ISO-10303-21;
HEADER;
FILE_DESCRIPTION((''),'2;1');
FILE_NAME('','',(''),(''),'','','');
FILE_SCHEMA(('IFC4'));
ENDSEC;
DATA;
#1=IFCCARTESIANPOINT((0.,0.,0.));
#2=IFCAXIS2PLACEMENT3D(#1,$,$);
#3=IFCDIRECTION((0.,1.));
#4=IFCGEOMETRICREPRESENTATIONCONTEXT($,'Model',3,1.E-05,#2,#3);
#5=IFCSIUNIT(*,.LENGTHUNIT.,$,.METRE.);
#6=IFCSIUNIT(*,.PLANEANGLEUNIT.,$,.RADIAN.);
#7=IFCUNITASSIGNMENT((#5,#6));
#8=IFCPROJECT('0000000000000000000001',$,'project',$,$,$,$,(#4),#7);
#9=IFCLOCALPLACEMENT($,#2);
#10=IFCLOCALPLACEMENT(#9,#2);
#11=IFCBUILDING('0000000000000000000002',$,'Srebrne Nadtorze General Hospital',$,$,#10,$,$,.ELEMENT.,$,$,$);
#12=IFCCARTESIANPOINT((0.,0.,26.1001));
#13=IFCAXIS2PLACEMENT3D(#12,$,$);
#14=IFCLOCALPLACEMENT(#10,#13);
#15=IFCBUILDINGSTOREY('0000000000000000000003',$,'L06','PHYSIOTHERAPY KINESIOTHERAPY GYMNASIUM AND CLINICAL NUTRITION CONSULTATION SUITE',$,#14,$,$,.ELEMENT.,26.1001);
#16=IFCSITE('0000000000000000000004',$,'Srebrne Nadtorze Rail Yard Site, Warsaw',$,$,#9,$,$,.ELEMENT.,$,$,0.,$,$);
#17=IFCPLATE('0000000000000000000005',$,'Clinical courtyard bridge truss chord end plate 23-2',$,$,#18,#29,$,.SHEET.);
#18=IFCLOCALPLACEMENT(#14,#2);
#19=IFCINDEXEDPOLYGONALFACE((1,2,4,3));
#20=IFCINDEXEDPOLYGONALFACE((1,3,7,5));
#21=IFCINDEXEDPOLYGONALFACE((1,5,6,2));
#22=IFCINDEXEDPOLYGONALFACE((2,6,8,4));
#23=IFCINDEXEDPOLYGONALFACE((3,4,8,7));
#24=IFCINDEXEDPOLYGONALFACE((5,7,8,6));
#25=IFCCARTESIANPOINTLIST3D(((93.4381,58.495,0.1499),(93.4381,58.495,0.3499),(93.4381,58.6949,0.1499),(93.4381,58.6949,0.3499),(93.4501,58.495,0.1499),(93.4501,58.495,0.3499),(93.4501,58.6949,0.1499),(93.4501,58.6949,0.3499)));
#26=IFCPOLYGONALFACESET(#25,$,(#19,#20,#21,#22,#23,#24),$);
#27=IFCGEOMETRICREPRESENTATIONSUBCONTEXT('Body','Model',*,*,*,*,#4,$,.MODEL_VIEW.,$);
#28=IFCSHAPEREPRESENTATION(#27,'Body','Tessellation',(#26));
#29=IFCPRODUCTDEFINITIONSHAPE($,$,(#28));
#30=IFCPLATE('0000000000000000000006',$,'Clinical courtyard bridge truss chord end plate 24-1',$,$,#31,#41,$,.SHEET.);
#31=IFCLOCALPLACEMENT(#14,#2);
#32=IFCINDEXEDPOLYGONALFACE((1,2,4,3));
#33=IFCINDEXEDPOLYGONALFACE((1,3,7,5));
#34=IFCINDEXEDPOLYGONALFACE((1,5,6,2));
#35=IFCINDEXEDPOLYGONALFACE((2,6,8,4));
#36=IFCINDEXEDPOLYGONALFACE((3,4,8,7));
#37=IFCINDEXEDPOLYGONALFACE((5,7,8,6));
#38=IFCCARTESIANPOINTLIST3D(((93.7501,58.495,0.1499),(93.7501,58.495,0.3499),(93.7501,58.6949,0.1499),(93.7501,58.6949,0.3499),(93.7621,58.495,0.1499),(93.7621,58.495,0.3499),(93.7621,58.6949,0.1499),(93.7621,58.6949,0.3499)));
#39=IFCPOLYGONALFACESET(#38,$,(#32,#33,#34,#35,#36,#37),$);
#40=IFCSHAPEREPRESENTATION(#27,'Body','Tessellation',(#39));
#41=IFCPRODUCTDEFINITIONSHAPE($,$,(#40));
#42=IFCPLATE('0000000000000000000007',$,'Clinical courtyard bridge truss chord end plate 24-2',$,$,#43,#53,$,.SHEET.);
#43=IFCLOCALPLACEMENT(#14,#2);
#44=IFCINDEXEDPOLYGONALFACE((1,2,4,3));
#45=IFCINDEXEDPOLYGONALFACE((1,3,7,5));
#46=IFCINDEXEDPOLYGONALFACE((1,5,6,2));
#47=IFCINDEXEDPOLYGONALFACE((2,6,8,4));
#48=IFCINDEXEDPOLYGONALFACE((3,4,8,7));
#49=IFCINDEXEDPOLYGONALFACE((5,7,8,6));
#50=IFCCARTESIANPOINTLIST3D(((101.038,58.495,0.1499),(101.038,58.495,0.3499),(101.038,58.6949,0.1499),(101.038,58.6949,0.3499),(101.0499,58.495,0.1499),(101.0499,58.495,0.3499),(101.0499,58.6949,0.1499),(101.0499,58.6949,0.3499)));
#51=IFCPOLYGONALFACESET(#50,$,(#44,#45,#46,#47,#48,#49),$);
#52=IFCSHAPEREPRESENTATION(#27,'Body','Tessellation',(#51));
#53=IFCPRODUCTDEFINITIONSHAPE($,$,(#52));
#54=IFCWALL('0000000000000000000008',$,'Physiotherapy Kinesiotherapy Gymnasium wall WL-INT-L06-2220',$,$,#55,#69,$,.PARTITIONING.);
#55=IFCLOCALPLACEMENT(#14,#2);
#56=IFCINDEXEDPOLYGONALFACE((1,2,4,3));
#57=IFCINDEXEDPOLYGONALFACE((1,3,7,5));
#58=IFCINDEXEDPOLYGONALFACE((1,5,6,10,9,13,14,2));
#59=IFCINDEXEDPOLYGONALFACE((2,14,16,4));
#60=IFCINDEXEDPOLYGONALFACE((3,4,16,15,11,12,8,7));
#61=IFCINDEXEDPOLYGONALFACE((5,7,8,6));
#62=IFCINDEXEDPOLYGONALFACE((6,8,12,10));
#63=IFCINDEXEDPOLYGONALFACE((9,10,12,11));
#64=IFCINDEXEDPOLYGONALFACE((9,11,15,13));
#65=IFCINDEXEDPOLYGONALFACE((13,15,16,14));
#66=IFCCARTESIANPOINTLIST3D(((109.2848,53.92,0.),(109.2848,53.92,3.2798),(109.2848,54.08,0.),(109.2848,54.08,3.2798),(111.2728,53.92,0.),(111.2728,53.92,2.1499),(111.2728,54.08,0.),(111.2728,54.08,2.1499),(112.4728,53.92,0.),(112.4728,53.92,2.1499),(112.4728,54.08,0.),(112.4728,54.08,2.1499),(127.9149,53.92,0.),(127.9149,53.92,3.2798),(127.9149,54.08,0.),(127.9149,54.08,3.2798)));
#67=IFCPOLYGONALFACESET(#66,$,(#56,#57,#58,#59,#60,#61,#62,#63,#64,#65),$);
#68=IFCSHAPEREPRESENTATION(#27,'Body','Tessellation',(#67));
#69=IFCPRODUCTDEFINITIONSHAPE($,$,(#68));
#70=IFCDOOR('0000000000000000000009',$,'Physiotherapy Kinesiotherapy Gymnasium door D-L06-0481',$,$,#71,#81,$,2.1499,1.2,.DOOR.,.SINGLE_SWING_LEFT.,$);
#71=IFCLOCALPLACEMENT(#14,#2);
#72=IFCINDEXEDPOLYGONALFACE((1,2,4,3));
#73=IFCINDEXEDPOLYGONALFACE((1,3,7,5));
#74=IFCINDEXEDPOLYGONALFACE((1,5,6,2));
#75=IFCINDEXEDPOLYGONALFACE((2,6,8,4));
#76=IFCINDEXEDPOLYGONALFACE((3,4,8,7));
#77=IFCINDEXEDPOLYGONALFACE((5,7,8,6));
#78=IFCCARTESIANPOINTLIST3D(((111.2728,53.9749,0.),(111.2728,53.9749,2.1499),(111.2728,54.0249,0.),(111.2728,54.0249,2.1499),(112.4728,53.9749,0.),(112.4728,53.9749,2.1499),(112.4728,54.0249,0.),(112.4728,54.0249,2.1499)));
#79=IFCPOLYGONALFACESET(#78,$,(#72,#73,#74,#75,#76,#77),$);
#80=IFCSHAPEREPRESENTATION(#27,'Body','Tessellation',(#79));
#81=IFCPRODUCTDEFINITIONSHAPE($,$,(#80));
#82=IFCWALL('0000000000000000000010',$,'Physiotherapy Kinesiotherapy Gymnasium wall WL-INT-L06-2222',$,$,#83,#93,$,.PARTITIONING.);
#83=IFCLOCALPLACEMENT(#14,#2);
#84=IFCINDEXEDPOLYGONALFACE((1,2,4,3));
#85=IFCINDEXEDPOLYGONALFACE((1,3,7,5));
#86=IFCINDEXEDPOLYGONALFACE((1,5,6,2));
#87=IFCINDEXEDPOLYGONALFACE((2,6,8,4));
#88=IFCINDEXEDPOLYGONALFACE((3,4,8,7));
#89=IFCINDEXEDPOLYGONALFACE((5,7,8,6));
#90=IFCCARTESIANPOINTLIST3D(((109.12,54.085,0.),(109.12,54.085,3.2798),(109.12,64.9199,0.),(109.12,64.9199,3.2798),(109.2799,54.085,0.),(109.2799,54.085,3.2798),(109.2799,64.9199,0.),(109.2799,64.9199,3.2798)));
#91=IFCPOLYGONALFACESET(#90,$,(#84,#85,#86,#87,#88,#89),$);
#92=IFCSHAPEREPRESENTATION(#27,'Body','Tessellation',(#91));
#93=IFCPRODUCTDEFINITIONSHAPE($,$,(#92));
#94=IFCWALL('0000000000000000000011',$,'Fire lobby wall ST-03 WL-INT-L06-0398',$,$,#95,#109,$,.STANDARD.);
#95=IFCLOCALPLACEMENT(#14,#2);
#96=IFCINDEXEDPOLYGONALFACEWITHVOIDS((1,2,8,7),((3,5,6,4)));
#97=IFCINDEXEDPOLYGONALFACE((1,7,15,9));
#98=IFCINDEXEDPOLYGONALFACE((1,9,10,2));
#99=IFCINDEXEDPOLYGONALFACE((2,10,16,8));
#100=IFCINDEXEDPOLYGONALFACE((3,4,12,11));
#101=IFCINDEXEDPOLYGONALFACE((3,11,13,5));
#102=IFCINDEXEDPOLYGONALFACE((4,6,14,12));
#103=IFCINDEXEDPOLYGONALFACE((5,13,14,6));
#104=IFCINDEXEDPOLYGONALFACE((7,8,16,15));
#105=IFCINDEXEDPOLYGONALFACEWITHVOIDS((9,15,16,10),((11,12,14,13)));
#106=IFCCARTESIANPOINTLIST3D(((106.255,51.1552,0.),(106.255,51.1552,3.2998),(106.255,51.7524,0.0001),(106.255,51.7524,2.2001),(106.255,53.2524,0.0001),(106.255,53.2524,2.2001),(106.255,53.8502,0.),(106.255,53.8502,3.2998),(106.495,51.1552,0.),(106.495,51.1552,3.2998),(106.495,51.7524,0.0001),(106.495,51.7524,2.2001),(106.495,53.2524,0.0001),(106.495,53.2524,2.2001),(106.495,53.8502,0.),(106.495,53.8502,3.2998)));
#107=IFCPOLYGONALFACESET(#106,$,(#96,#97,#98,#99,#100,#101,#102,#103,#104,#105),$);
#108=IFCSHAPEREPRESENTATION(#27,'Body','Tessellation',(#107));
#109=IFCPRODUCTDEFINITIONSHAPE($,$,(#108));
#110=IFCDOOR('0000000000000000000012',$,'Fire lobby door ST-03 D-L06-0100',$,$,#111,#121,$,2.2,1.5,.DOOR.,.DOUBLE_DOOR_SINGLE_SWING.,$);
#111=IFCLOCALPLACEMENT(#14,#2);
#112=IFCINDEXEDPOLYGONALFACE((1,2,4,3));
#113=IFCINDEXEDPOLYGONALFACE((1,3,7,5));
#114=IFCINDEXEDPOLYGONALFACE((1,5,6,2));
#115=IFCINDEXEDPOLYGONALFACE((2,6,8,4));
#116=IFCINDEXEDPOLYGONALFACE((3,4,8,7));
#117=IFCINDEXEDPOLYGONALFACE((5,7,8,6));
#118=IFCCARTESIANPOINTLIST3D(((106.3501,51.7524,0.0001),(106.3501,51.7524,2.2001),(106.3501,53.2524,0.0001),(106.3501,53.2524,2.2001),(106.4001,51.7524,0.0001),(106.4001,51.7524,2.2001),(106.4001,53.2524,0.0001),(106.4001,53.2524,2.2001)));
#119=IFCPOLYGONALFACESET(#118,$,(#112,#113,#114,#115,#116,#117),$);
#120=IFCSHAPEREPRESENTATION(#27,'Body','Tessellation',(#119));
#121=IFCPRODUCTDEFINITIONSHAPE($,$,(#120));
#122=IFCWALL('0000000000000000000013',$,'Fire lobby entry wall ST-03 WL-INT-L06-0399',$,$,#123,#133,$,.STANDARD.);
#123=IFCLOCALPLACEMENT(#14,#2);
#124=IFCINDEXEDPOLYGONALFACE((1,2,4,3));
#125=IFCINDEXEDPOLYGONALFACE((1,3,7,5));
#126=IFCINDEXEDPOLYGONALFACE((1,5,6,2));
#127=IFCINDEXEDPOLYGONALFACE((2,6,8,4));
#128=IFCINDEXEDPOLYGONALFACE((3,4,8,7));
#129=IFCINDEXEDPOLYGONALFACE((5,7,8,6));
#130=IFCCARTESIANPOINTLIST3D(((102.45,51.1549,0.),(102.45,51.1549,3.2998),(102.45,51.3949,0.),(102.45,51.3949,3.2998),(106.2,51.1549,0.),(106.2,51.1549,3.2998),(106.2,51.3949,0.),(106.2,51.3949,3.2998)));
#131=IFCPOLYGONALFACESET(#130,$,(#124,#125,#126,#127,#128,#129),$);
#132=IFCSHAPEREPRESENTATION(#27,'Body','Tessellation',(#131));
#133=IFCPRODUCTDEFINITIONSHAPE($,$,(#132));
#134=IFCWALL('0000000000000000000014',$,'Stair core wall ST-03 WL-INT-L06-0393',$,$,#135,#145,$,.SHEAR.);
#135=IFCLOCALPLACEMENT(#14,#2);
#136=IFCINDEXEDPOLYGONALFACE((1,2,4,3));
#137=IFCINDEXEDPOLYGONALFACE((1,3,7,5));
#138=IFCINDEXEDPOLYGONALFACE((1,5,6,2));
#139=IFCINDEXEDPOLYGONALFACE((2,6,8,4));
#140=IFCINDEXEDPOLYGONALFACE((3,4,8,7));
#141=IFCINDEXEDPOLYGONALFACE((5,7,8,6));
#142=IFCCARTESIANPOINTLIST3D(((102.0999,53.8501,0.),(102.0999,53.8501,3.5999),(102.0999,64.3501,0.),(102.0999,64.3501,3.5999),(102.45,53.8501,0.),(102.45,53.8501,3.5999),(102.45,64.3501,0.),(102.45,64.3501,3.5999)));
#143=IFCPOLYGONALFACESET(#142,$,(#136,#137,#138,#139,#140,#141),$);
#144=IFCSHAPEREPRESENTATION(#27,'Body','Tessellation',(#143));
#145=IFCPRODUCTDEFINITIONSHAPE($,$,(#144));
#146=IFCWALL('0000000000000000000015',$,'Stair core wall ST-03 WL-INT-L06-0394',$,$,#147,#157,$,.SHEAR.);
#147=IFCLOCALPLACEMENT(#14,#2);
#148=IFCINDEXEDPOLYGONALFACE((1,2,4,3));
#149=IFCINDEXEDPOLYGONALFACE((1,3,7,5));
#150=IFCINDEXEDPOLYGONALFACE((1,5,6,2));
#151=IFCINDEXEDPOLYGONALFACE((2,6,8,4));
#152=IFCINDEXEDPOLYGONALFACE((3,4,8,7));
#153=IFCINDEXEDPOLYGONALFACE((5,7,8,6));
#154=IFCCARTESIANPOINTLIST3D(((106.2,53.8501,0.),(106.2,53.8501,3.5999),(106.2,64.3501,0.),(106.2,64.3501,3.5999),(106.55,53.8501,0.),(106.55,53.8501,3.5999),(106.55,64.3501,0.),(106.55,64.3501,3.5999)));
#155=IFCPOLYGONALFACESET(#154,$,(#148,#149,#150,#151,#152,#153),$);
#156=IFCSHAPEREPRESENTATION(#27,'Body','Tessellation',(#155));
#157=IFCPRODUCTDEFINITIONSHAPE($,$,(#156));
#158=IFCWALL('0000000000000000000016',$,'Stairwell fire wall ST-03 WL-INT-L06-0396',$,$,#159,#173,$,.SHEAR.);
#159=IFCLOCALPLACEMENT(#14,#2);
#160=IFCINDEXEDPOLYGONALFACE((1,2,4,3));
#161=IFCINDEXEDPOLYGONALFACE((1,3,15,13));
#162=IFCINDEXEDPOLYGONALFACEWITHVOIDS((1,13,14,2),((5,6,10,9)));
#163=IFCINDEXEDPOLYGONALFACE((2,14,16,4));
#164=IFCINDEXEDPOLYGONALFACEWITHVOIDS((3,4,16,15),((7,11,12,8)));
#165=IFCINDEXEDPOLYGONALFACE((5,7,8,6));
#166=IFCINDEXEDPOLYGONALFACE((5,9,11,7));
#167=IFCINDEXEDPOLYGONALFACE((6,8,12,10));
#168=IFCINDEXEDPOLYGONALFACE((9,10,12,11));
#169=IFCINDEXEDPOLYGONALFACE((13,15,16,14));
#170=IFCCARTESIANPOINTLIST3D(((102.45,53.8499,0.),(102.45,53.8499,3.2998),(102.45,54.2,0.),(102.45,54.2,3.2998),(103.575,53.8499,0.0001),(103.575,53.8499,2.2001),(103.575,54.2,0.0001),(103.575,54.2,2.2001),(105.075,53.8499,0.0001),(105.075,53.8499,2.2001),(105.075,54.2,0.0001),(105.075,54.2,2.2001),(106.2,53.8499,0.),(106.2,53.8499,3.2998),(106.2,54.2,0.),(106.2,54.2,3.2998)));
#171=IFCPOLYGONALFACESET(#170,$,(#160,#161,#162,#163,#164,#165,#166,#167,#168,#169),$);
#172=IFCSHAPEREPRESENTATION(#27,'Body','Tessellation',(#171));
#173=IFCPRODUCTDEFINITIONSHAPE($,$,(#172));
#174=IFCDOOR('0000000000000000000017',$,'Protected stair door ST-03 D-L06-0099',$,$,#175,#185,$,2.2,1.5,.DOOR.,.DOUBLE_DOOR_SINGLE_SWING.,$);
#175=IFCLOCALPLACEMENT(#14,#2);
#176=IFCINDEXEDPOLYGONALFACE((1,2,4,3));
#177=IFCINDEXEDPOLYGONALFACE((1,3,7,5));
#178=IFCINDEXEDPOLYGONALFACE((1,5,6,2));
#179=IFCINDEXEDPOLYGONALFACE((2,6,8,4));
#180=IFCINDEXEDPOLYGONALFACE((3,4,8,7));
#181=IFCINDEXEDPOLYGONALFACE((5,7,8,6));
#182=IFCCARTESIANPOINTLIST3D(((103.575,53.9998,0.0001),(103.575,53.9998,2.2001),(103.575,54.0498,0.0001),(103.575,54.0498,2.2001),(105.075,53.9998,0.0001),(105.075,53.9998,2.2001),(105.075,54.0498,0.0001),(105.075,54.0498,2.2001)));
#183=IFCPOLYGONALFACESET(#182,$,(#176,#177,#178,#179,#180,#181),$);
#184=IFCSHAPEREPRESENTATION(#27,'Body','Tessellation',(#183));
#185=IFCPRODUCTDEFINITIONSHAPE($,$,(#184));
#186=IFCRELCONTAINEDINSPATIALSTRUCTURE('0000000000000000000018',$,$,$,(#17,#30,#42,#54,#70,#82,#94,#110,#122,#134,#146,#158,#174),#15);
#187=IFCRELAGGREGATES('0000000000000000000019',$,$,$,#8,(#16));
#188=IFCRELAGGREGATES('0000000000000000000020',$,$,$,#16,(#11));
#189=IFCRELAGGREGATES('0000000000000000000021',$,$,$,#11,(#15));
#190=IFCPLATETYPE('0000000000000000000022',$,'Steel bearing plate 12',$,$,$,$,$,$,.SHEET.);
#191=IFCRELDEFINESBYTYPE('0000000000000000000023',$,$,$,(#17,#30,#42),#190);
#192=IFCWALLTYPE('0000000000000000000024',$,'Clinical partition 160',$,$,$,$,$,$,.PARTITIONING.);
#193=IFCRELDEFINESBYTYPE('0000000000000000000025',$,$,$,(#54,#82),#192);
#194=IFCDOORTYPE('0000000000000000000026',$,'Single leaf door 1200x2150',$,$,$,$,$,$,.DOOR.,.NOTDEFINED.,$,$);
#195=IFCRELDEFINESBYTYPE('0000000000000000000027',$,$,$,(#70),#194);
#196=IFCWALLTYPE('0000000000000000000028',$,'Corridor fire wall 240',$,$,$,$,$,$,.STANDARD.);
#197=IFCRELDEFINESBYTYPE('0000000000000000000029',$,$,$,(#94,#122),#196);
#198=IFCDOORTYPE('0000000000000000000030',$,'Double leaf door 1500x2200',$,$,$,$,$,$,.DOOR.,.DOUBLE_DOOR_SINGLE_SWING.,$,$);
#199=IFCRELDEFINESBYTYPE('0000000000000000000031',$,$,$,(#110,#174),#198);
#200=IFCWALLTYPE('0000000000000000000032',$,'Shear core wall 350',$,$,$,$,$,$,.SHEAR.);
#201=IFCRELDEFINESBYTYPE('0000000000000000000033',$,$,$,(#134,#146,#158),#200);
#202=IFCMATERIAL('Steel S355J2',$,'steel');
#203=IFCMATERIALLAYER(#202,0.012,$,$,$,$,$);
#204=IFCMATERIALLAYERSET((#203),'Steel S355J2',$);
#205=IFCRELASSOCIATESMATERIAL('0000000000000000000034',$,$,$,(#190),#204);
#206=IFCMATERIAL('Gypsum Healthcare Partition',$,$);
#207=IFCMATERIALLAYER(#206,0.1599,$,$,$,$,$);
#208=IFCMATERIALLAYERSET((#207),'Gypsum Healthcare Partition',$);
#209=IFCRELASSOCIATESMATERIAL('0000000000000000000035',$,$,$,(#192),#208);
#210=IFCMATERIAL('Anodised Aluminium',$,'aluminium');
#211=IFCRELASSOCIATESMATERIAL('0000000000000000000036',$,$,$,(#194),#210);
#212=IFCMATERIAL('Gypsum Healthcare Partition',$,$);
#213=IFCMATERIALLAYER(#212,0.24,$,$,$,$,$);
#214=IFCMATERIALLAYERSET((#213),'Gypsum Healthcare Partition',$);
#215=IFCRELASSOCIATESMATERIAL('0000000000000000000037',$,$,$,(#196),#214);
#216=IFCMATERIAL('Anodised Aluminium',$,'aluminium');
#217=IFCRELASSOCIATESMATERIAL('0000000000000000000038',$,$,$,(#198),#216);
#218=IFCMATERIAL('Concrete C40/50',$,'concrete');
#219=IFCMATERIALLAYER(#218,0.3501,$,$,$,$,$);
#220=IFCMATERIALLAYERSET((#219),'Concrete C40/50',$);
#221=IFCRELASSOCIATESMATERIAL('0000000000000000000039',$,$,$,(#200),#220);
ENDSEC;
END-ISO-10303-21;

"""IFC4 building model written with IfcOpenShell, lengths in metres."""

from ifc_helpers import new_model, si_unit, direction, frame, frame_2d, origin, origin_2d, place, context, subcontext, project, spatial, rectangle, extrude, material, layer, layer_set, type_object, element, fill, save


model = new_model("IFC4")

# Units and contexts
model_context = context("Model", 3, precision=1e-05, world=origin(), true_north=direction((0.0, 1.0)))
body_context = subcontext(model_context, "Body", "Model", "MODEL_VIEW")
ifc_project = project(units=[si_unit("LENGTHUNIT", "METRE"), si_unit("PLANEANGLEUNIT", "RADIAN")], contexts=[model_context])

# Site, building, storey
site_placement = place(None, origin())
site = spatial("IfcSite", under=ifc_project, at=site_placement, Name="Srebrne Nadtorze Rail Yard Site, Warsaw", CompositionType="ELEMENT", RefElevation=0.0)
building_placement = place(site_placement, origin())
building = spatial("IfcBuilding", under=site, at=building_placement, Name="Srebrne Nadtorze General Hospital", CompositionType="ELEMENT")
storey_placement = place(building_placement, frame((0.0, 0.0, 26.1001)))
storey = spatial("IfcBuildingStorey", under=building, at=storey_placement, Name="L06", Description="PHYSIOTHERAPY KINESIOTHERAPY GYMNASIUM AND CLINICAL NUTRITION CONSULTATION SUITE", CompositionType="ELEMENT", Elevation=26.1001)

# Plates
ifc_material_1 = material(Name="Steel S355J2", Category="steel")
ifc_layer_1 = layer(ifc_material_1, 0.012)
ifc_layer_set_1 = layer_set([ifc_layer_1], Name="Steel S355J2")
plate_type_1 = type_object("IfcPlateType", Name="Steel bearing plate 12", PredefinedType="SHEET", material=ifc_layer_set_1)
for number, where, z_axis, x_axis, name in (
    (1, (93.4441, 58.595, 0.1499), (0.0, 0.0, 1.0), (1.0, 0.0, 0.0), "Clinical courtyard bridge truss chord end plate 23-2"),
    (2, (93.7561, 58.595, 0.1499), (0.0, 0.0, 1.0), (1.0, 0.0, 0.0), "Clinical courtyard bridge truss chord end plate 24-1"),
    (3, (101.0439, 58.595, 0.1499), (0.0, 0.0, 1.0), (1.0, 0.0, 0.0), "Clinical courtyard bridge truss chord end plate 24-2"),
):
    element("IfcPlate", number, at=place(storey_placement, frame(where, z_axis=z_axis, x_axis=x_axis)), inside=storey, type_object=plate_type_1, Name=name, PredefinedType="SHEET", context=body_context, shape_type="SweptSolid", body=[
        extrude(rectangle(XDim=0.012, YDim=0.2, at=origin_2d()), origin(), (0.0, 0.0, 1.0), 0.2),
    ])

# Wall, opening, door
ifc_material_2 = material(Name="Gypsum Healthcare Partition")
ifc_layer_2 = layer(ifc_material_2, 0.1599)
ifc_layer_set_2 = layer_set([ifc_layer_2], Name="Gypsum Healthcare Partition")
wall_type_1 = type_object("IfcWallType", Name="Clinical partition 160", PredefinedType="PARTITIONING", material=ifc_layer_set_2)
wall_1_placement = place(storey_placement, frame((109.2849, 54.0, 0.0), z_axis=(0.0, 0.0, 1.0), x_axis=(1.0, 0.0, 0.0)))
wall_1 = element("IfcWall", 4, at=wall_1_placement, inside=storey, type_object=wall_type_1, Name="Physiotherapy Kinesiotherapy Gymnasium wall WL-INT-L06-2220", PredefinedType="PARTITIONING", context=body_context, shape_type="SweptSolid", body=[
    extrude(rectangle(XDim=18.6301, YDim=0.1599, at=frame_2d((9.3149, 0.0))), origin(), (0.0, 0.0, 1.0), 3.2798),
])
opening_1_placement = place(wall_1_placement, frame((1.9878, 0.0, 0.0)))
opening_1 = element("IfcOpeningElement", 5, at=opening_1_placement, cuts=wall_1, PredefinedType="OPENING", context=body_context, shape_type="SweptSolid", body=[
    extrude(rectangle(XDim=1.2, YDim=2.1499, at=frame_2d((0.6001, 1.075))), frame((0.0, 0.0918, 0.0), z_axis=(0.0, -1.0, 0.0), x_axis=(1.0, 0.0, 0.0)), (0.0, 0.0, 1.0), 0.1838),
])
ifc_material_3 = material(Name="Anodised Aluminium", Category="aluminium")
door_type_1 = type_object("IfcDoorType", Name="Single leaf door 1200x2150", OperationType="NOTDEFINED", PredefinedType="DOOR", material=ifc_material_3)
door_1_placement = place(opening_1_placement, origin())
door_1 = element("IfcDoor", 6, at=door_1_placement, inside=storey, type_object=door_type_1, Name="Physiotherapy Kinesiotherapy Gymnasium door D-L06-0481", OperationType="SINGLE_SWING_LEFT", OverallHeight=2.1499, OverallWidth=1.2, PredefinedType="DOOR", context=body_context, shape_type="SweptSolid", body=[
    extrude(rectangle(XDim=1.2, YDim=2.1499, at=frame_2d((0.6001, 1.075))), frame((0.0, 0.0249, 0.0), z_axis=(0.0, -1.0, 0.0), x_axis=(1.0, 0.0, 0.0)), (0.0, 0.0, 1.0), 0.05),
])
fill(opening_1, door_1)

# Wall
wall_2_placement = place(storey_placement, frame((109.2, 54.085, 0.0), z_axis=(0.0, 0.0, 1.0), x_axis=(0.0, 1.0, 0.0)))
element("IfcWall", 7, at=wall_2_placement, inside=storey, type_object=wall_type_1, Name="Physiotherapy Kinesiotherapy Gymnasium wall WL-INT-L06-2222", PredefinedType="PARTITIONING", context=body_context, shape_type="SweptSolid", body=[
    extrude(rectangle(XDim=10.835, YDim=0.1599, at=frame_2d((5.4175, 0.0))), origin(), (0.0, 0.0, 1.0), 3.2798),
])

# Wall, opening, door
ifc_material_4 = material(Name="Gypsum Healthcare Partition")
ifc_layer_3 = layer(ifc_material_4, 0.24)
ifc_layer_set_3 = layer_set([ifc_layer_3], Name="Gypsum Healthcare Partition")
wall_type_2 = type_object("IfcWallType", Name="Corridor fire wall 240", PredefinedType="STANDARD", material=ifc_layer_set_3)
wall_3_placement = place(storey_placement, frame((106.375, 51.155, 0.0), z_axis=(0.0, 0.0, 1.0), x_axis=(0.0, 1.0, 0.0)))
wall_3 = element("IfcWall", 8, at=wall_3_placement, inside=storey, type_object=wall_type_2, Name="Fire lobby wall ST-03 WL-INT-L06-0398", PredefinedType="STANDARD", context=body_context, shape_type="SweptSolid", body=[
    extrude(rectangle(XDim=2.6951, YDim=0.24, at=frame_2d((1.3477, 0.0))), origin(), (0.0, 0.0, 1.0), 3.2998),
])
opening_2_placement = place(wall_3_placement, frame((0.5974, 0.0, 0.0)))
opening_2 = element("IfcOpeningElement", 9, at=opening_2_placement, cuts=wall_3, PredefinedType="OPENING", context=body_context, shape_type="SweptSolid", body=[
    extrude(rectangle(XDim=1.5, YDim=2.2, at=frame_2d((0.75, 1.1001))), frame((0.0, 0.1318, 0.0), z_axis=(0.0, -1.0, 0.0), x_axis=(1.0, 0.0, 0.0)), (0.0, 0.0, 1.0), 0.2639),
])
ifc_material_5 = material(Name="Anodised Aluminium", Category="aluminium")
door_type_2 = type_object("IfcDoorType", Name="Double leaf door 1500x2200", OperationType="DOUBLE_DOOR_SINGLE_SWING", PredefinedType="DOOR", material=ifc_material_5)
door_2_placement = place(opening_2_placement, origin())
door_2 = element("IfcDoor", 10, at=door_2_placement, inside=storey, type_object=door_type_2, Name="Fire lobby door ST-03 D-L06-0100", OperationType="DOUBLE_DOOR_SINGLE_SWING", OverallHeight=2.2, OverallWidth=1.5, PredefinedType="DOOR", context=body_context, shape_type="SweptSolid", body=[
    extrude(rectangle(XDim=1.5, YDim=2.2, at=frame_2d((0.75, 1.1001))), frame((0.0, 0.0249, 0.0), z_axis=(0.0, -1.0, 0.0), x_axis=(1.0, 0.0, 0.0)), (0.0, 0.0, 1.0), 0.05),
])
fill(opening_2, door_2)

# Walls
wall_4_placement = place(storey_placement, frame((102.45, 51.2749, 0.0), z_axis=(0.0, 0.0, 1.0), x_axis=(1.0, 0.0, 0.0)))
element("IfcWall", 11, at=wall_4_placement, inside=storey, type_object=wall_type_2, Name="Fire lobby entry wall ST-03 WL-INT-L06-0399", PredefinedType="STANDARD", context=body_context, shape_type="SweptSolid", body=[
    extrude(rectangle(XDim=3.75, YDim=0.24, at=frame_2d((1.875, 0.0))), origin(), (0.0, 0.0, 1.0), 3.2998),
])
ifc_material_6 = material(Name="Concrete C40/50", Category="concrete")
ifc_layer_4 = layer(ifc_material_6, 0.3501)
ifc_layer_set_4 = layer_set([ifc_layer_4], Name="Concrete C40/50")
wall_type_3 = type_object("IfcWallType", Name="Shear core wall 350", PredefinedType="SHEAR", material=ifc_layer_set_4)
for number, where, z_axis, x_axis, name in (
    (12, (102.2749, 53.8501, 0.0), (0.0, 0.0, 1.0), (0.0, 1.0, 0.0), "Stair core wall ST-03 WL-INT-L06-0393"),
    (13, (106.375, 53.8501, 0.0), (0.0, 0.0, 1.0), (0.0, 1.0, 0.0), "Stair core wall ST-03 WL-INT-L06-0394"),
):
    element("IfcWall", number, at=place(storey_placement, frame(where, z_axis=z_axis, x_axis=x_axis)), inside=storey, type_object=wall_type_3, Name=name, PredefinedType="SHEAR", context=body_context, shape_type="SweptSolid", body=[
        extrude(rectangle(XDim=10.5, YDim=0.3501, at=frame_2d((5.25, 0.0))), origin(), (0.0, 0.0, 1.0), 3.5999),
    ])

# Wall, opening, door
wall_5_placement = place(storey_placement, frame((102.45, 54.0249, 0.0), z_axis=(0.0, 0.0, 1.0), x_axis=(1.0, 0.0, 0.0)))
wall_5 = element("IfcWall", 14, at=wall_5_placement, inside=storey, type_object=wall_type_3, Name="Stairwell fire wall ST-03 WL-INT-L06-0396", PredefinedType="SHEAR", context=body_context, shape_type="SweptSolid", body=[
    extrude(rectangle(XDim=3.75, YDim=0.3501, at=frame_2d((1.875, 0.0))), origin(), (0.0, 0.0, 1.0), 3.2998),
])
opening_3_placement = place(wall_5_placement, frame((1.125, 0.0, 0.0)))
opening_3 = element("IfcOpeningElement", 15, at=opening_3_placement, cuts=wall_5, PredefinedType="OPENING", context=body_context, shape_type="SweptSolid", body=[
    extrude(rectangle(XDim=1.5, YDim=2.2, at=frame_2d((0.75, 1.1001))), frame((0.0, 0.187, 0.0), z_axis=(0.0, -1.0, 0.0), x_axis=(1.0, 0.0, 0.0)), (0.0, 0.0, 1.0), 0.374),
])
door_3_placement = place(opening_3_placement, origin())
door_3 = element("IfcDoor", 16, at=door_3_placement, inside=storey, type_object=door_type_2, Name="Protected stair door ST-03 D-L06-0099", OperationType="DOUBLE_DOOR_SINGLE_SWING", OverallHeight=2.2, OverallWidth=1.5, PredefinedType="DOOR", context=body_context, shape_type="SweptSolid", body=[
    extrude(rectangle(XDim=1.5, YDim=2.2, at=frame_2d((0.75, 1.1001))), frame((0.0, 0.0249, 0.0), z_axis=(0.0, -1.0, 0.0), x_axis=(1.0, 0.0, 0.0)), (0.0, 0.0, 1.0), 0.05),
])
fill(opening_3, door_3)

save(model, "model.ifc")
